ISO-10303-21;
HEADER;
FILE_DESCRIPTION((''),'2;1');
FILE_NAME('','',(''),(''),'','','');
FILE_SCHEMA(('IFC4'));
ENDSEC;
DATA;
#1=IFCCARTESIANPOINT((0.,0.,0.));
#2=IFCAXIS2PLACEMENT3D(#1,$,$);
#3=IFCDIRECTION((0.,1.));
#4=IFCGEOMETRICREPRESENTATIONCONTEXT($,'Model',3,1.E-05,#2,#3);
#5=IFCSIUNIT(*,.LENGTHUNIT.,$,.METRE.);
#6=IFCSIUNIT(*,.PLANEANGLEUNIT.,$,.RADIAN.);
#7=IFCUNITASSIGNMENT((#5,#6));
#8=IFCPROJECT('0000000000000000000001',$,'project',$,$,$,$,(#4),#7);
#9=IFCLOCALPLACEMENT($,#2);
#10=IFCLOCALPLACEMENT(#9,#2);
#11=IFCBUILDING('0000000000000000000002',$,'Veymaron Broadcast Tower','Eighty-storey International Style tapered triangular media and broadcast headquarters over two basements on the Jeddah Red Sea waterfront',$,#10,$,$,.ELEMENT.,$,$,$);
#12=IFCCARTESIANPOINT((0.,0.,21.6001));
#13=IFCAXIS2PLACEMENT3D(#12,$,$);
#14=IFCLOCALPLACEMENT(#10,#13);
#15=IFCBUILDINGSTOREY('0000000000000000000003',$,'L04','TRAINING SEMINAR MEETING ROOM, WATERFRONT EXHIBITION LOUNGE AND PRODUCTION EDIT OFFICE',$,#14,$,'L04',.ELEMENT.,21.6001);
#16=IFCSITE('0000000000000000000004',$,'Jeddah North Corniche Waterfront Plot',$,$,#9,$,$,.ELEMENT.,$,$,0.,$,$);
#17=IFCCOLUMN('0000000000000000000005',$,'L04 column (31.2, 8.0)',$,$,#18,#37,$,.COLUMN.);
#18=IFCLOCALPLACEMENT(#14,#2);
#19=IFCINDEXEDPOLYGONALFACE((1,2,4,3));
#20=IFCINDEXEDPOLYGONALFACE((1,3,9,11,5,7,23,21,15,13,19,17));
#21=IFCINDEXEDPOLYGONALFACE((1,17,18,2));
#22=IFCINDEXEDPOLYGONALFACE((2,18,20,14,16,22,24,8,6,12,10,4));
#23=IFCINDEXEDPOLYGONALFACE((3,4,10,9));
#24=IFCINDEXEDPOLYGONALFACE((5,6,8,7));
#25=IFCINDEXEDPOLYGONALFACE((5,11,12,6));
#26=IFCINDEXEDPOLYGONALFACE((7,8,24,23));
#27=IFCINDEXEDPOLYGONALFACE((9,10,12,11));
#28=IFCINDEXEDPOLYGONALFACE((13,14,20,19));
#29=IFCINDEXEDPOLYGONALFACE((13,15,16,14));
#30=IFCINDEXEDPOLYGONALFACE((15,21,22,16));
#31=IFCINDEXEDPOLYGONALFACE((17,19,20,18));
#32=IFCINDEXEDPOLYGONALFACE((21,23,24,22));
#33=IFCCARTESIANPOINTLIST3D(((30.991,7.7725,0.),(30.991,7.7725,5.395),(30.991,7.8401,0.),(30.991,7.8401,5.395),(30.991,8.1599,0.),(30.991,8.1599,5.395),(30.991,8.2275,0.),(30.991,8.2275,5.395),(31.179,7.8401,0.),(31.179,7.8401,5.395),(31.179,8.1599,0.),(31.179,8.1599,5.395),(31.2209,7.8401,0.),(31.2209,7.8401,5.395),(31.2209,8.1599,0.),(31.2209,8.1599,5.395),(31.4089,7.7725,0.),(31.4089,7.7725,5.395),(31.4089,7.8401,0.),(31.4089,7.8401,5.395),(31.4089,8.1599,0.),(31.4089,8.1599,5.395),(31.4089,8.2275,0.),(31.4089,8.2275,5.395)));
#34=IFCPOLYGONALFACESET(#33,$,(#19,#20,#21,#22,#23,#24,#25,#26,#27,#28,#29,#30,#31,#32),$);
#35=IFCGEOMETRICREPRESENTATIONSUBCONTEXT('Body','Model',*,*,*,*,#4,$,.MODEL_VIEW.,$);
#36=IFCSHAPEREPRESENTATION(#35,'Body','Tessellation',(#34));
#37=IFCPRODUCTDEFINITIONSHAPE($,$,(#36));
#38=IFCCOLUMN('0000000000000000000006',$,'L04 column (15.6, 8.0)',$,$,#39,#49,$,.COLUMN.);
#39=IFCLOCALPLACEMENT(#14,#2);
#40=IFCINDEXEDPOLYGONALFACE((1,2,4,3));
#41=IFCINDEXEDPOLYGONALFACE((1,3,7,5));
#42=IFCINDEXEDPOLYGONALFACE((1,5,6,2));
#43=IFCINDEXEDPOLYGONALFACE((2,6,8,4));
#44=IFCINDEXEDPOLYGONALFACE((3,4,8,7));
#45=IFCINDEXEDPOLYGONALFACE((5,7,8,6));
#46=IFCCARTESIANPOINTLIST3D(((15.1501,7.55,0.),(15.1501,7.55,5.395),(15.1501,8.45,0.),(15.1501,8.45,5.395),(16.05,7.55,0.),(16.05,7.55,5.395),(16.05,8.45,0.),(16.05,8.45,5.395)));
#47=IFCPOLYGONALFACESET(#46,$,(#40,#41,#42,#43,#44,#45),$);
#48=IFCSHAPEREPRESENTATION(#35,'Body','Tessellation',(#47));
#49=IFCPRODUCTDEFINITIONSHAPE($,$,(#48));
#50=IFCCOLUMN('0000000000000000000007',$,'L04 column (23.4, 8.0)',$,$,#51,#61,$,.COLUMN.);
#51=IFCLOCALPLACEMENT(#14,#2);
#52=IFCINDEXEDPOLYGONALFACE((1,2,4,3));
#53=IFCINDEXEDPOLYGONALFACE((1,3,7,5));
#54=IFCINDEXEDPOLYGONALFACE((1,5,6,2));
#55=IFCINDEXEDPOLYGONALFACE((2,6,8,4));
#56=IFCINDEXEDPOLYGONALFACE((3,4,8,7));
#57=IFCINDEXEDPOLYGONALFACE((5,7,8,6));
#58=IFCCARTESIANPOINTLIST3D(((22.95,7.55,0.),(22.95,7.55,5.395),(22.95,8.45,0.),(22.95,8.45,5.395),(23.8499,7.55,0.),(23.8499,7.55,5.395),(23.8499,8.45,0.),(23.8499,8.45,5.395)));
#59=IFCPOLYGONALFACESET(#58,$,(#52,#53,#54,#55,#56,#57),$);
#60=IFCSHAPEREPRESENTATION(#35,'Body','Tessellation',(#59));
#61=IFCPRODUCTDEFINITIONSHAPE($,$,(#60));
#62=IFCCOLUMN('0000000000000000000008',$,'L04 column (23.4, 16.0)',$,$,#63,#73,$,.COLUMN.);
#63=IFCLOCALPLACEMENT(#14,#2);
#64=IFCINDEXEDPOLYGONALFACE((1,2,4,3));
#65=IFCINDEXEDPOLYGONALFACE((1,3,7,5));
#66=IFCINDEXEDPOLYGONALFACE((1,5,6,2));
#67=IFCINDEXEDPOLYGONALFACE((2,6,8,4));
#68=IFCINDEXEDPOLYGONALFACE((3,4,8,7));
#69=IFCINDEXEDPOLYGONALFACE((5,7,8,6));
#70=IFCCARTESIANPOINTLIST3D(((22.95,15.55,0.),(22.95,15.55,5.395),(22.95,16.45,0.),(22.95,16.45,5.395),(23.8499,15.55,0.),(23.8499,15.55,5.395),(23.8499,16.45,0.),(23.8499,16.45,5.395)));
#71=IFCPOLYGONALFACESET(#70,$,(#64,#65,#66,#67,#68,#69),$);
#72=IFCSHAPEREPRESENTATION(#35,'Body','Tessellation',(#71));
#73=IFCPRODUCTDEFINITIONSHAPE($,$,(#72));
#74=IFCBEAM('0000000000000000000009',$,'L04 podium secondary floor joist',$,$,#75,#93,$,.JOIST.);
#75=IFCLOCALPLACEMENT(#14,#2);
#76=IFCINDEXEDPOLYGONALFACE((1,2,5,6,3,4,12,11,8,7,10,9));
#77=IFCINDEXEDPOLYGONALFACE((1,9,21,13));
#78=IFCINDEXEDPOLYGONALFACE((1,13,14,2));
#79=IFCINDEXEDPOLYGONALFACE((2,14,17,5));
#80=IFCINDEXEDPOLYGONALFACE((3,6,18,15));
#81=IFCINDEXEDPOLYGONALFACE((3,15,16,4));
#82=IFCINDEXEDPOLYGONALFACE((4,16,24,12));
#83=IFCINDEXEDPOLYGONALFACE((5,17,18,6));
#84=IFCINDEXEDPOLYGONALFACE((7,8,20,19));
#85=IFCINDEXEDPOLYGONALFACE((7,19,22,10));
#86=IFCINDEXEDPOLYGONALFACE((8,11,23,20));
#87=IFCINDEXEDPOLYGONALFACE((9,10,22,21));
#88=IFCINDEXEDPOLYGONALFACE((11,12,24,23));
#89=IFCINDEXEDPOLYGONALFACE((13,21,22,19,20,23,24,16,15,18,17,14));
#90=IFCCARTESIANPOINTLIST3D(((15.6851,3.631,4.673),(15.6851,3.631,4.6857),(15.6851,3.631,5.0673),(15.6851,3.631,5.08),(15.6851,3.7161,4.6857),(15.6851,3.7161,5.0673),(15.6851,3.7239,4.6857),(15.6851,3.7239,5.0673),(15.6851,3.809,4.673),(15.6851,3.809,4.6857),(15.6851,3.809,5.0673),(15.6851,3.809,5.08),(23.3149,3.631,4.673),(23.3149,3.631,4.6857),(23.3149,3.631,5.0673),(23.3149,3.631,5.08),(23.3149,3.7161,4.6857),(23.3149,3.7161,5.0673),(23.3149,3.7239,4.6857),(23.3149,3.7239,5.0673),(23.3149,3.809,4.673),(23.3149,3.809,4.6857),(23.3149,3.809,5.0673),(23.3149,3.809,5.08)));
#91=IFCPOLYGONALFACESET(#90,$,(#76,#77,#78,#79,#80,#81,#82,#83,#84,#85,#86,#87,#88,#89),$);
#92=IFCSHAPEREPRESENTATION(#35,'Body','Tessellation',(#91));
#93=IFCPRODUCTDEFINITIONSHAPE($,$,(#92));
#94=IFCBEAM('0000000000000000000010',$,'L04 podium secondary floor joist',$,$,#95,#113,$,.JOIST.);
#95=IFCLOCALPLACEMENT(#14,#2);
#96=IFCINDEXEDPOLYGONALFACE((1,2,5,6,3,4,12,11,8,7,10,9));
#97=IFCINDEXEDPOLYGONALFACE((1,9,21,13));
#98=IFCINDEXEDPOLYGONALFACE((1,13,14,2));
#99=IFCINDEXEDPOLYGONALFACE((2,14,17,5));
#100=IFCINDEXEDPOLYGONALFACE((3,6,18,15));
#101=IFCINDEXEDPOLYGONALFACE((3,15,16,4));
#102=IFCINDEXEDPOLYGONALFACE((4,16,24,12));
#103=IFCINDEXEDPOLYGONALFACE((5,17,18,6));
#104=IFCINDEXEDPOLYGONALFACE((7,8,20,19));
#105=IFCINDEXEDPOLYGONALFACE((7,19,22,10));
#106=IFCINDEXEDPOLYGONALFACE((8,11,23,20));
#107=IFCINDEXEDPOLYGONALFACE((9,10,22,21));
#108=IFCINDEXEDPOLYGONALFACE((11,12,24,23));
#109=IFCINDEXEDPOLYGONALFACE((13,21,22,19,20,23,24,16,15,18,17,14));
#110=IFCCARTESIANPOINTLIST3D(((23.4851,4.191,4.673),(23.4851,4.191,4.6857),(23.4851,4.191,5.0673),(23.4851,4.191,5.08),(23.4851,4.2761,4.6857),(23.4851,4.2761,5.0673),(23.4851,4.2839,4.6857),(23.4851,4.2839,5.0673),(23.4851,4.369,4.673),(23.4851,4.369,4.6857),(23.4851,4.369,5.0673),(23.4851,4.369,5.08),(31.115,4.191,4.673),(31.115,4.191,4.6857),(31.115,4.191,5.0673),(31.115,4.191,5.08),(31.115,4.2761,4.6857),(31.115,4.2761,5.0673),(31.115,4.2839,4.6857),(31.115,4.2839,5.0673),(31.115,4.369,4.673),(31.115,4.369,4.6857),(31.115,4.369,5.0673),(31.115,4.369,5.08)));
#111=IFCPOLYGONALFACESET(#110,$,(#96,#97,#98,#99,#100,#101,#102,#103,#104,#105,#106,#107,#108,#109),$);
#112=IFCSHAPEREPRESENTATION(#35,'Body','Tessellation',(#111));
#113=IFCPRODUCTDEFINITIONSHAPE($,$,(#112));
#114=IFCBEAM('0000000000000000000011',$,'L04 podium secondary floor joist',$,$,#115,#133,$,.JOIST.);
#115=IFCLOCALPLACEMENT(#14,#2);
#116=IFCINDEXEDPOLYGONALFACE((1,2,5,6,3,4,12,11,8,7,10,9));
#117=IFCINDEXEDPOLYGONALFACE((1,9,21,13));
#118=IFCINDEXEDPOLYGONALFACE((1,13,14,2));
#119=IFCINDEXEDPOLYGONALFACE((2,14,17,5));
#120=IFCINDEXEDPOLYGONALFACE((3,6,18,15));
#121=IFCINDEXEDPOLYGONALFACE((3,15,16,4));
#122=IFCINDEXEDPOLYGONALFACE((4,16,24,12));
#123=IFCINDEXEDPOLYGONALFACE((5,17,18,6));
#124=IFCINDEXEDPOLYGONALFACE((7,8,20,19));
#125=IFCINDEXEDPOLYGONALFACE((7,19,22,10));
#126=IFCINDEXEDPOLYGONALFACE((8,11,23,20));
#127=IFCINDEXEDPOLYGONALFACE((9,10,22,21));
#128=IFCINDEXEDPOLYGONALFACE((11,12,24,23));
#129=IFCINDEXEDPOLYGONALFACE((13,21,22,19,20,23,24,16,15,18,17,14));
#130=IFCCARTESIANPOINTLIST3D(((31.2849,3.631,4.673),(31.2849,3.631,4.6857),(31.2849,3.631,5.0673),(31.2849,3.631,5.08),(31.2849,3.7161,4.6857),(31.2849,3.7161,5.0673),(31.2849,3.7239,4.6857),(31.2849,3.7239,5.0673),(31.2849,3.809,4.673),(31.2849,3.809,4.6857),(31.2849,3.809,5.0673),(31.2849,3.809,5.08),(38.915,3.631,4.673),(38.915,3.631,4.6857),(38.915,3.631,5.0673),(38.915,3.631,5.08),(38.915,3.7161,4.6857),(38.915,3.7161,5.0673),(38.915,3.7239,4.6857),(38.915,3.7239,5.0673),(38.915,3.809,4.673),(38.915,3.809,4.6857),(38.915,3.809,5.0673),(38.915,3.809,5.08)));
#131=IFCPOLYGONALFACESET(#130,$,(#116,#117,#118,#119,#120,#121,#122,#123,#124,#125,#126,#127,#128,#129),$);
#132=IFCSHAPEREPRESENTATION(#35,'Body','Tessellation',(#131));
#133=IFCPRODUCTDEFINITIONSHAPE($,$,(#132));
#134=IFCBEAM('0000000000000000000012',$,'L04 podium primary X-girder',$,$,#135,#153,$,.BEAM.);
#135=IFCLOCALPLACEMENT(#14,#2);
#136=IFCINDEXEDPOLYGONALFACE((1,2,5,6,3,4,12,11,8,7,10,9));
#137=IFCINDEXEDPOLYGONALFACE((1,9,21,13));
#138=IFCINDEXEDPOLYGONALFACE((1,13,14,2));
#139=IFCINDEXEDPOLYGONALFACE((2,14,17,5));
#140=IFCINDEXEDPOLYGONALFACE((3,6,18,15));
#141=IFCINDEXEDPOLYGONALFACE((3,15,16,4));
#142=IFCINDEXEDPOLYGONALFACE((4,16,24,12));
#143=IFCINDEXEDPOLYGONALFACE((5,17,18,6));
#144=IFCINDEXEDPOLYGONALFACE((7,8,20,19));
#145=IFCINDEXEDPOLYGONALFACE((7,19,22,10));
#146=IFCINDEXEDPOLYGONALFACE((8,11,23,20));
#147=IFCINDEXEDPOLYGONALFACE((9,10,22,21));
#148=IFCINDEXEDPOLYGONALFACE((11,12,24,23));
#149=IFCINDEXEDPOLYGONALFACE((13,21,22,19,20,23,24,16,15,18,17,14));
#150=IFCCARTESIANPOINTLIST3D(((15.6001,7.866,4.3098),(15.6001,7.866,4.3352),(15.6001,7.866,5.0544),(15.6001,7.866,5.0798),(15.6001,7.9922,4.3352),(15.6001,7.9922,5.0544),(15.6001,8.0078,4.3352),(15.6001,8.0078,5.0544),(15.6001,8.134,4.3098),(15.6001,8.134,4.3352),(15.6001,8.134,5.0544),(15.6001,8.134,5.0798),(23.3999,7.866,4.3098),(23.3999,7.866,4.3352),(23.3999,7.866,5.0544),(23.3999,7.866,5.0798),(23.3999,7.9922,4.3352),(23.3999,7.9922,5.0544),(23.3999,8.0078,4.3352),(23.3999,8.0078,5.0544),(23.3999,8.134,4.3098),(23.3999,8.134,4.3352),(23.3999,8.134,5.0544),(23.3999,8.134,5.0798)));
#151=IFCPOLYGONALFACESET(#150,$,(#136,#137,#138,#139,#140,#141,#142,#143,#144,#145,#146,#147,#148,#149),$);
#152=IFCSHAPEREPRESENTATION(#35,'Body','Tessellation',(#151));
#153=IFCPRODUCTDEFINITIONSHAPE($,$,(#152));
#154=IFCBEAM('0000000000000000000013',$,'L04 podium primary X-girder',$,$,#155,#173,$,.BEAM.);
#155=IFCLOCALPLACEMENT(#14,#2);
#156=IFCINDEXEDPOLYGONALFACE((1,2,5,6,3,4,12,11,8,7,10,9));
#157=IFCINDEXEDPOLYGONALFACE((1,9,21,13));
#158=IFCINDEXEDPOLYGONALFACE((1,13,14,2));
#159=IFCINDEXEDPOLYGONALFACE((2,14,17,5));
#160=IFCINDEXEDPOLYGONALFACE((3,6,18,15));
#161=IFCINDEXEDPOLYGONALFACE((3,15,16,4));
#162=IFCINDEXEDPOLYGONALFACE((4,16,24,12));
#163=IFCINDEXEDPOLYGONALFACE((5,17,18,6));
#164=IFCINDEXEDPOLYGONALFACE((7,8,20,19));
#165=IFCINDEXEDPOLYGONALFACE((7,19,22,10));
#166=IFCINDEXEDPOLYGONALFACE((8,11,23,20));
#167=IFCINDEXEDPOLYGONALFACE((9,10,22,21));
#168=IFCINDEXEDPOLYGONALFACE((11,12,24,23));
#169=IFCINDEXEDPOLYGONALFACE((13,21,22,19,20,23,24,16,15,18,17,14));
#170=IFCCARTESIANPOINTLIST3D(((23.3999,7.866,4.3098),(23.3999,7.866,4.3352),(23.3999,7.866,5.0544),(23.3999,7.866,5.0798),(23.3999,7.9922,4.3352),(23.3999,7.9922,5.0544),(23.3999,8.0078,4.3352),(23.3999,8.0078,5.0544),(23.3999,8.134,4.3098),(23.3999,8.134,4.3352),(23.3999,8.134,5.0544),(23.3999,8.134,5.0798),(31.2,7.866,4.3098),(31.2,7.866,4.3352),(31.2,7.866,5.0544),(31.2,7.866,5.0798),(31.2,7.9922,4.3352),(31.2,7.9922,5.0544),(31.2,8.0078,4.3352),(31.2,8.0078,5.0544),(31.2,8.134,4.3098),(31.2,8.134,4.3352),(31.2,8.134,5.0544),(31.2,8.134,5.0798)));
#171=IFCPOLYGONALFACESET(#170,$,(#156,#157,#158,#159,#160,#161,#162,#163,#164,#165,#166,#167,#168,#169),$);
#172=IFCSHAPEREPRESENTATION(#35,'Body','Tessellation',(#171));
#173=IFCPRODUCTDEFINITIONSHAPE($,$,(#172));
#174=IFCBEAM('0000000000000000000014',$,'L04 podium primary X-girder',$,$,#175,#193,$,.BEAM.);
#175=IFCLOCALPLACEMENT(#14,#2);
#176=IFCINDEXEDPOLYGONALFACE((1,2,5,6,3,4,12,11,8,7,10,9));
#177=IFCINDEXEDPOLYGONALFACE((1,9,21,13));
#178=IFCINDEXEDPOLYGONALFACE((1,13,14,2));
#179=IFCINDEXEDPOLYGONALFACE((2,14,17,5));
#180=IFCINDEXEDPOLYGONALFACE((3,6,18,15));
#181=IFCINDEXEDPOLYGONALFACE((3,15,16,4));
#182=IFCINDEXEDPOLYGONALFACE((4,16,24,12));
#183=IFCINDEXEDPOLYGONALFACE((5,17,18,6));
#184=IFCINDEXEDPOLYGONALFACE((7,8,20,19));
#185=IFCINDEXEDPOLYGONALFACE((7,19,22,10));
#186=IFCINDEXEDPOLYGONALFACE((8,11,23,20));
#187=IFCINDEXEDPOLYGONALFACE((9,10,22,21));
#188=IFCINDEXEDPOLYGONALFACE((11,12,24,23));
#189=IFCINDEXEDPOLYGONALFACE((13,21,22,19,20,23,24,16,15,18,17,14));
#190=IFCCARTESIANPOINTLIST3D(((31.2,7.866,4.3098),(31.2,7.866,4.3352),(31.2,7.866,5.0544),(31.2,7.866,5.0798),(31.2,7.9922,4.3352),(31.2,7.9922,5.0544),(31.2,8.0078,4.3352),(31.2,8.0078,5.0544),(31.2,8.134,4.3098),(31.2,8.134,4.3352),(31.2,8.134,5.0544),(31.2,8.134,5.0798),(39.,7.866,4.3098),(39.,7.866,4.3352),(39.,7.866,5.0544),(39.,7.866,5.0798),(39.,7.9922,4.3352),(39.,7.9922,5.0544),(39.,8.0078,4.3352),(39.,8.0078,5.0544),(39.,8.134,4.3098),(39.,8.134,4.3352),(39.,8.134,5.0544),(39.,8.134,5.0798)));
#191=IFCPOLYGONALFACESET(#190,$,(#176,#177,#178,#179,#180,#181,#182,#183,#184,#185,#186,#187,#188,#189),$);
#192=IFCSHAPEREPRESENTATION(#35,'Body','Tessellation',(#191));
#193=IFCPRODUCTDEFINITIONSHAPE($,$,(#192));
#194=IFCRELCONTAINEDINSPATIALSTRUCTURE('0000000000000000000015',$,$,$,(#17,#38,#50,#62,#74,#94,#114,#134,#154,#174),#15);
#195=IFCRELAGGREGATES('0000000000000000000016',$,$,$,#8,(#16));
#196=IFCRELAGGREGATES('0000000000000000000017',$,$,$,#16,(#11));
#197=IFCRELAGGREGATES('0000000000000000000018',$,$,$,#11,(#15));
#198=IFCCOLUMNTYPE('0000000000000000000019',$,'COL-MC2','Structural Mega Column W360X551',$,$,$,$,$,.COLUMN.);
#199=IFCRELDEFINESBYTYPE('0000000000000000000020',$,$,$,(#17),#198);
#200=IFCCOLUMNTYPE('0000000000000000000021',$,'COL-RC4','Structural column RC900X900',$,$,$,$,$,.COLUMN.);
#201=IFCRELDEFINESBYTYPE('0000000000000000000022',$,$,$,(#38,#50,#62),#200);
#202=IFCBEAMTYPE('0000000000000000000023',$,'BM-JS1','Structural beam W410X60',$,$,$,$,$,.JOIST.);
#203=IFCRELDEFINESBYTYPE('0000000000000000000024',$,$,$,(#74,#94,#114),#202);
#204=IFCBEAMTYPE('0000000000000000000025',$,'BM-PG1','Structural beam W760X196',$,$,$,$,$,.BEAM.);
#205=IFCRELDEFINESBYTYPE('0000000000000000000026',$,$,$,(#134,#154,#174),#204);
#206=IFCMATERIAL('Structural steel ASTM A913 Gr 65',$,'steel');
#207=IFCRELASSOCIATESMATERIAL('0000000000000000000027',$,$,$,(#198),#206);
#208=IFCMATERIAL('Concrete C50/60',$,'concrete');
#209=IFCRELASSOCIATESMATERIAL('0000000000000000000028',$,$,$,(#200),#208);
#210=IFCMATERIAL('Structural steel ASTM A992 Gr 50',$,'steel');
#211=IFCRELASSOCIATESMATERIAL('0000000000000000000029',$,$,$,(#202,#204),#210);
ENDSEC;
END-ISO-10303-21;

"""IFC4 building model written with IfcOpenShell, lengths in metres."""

from ifc_helpers import new_model, si_unit, direction, frame, origin, origin_2d, place, context, subcontext, project, spatial, rectangle, i_section, extrude, material, material_profile, profile_set, type_object, element, save


model = new_model("IFC4")

# Units and contexts
model_context = context("Model", 3, precision=1e-05, world=origin(), true_north=direction((0.0, 1.0)))
body_context = subcontext(model_context, "Body", "Model", "MODEL_VIEW")
ifc_project = project(units=[si_unit("LENGTHUNIT", "METRE"), si_unit("PLANEANGLEUNIT", "RADIAN")], contexts=[model_context])

# Site, building, storey
site_placement = place(None, origin())
site = spatial("IfcSite", under=ifc_project, at=site_placement, Name="Jeddah North Corniche Waterfront Plot", CompositionType="ELEMENT", RefElevation=0.0)
building_placement = place(site_placement, origin())
building = spatial("IfcBuilding", under=site, at=building_placement, Name="Veymaron Broadcast Tower", Description="Eighty-storey International Style tapered triangular media and broadcast headquarters over two basements on the Jeddah Red Sea waterfront", CompositionType="ELEMENT")
storey_placement = place(building_placement, frame((0.0, 0.0, 21.6001)))
storey = spatial("IfcBuildingStorey", under=building, at=storey_placement, Name="L04", Description="TRAINING SEMINAR MEETING ROOM, WATERFRONT EXHIBITION LOUNGE AND PRODUCTION EDIT OFFICE", LongName="L04", CompositionType="ELEMENT", Elevation=21.6001)

# Columns
ifc_material_1 = material(Name="Structural steel ASTM A913 Gr 65", Category="steel")
ifc_material_profile_1 = material_profile(ifc_material_1, i_section(OverallWidth=0.418, OverallDepth=0.4551, WebThickness=0.042, FlangeThickness=0.0676, at=origin_2d()), Name="W360X551")
ifc_profile_set_1 = profile_set([ifc_material_profile_1], Name="Structural steel ASTM A913 Gr 65")
column_type_1 = type_object("IfcColumnType", Name="COL-MC2", Description="Structural Mega Column W360X551", PredefinedType="COLUMN", material=ifc_profile_set_1)
column_placement = place(storey_placement, frame((31.2, 8.0, 0.0), z_axis=(0.0, 0.0, 1.0), x_axis=(1.0, 0.0, 0.0)))
element("IfcColumn", 1, at=column_placement, inside=storey, type_object=column_type_1, Name="L04 column (31.2, 8.0)", PredefinedType="COLUMN", context=body_context, shape_type="SweptSolid", body=[
    extrude(i_section(OverallWidth=0.418, OverallDepth=0.4551, WebThickness=0.042, FlangeThickness=0.0676, at=origin_2d()), origin(), (0.0, 0.0, 1.0), 5.395),
])
ifc_material_2 = material(Name="Concrete C50/60", Category="concrete")
ifc_material_profile_2 = material_profile(ifc_material_2, rectangle(XDim=0.8999, YDim=0.8999, at=origin_2d()), Name="RC900X900")
ifc_profile_set_2 = profile_set([ifc_material_profile_2], Name="Concrete C50/60")
column_type_2 = type_object("IfcColumnType", Name="COL-RC4", Description="Structural column RC900X900", PredefinedType="COLUMN", material=ifc_profile_set_2)
for number, where, z_axis, x_axis, name in (
    (2, (15.6001, 8.0, 0.0), (0.0, 0.0, 1.0), (1.0, 0.0, 0.0), "L04 column (15.6, 8.0)"),
    (3, (23.3999, 8.0, 0.0), (0.0, 0.0, 1.0), (1.0, 0.0, 0.0), "L04 column (23.4, 8.0)"),
    (4, (23.3999, 16.0, 0.0), (0.0, 0.0, 1.0), (1.0, 0.0, 0.0), "L04 column (23.4, 16.0)"),
):
    element("IfcColumn", number, at=place(storey_placement, frame(where, z_axis=z_axis, x_axis=x_axis)), inside=storey, type_object=column_type_2, Name=name, PredefinedType="COLUMN", context=body_context, shape_type="SweptSolid", body=[
        extrude(rectangle(XDim=0.8999, YDim=0.8999, at=origin_2d()), origin(), (0.0, 0.0, 1.0), 5.395),
    ])

# Beams
ifc_material_3 = material(Name="Structural steel ASTM A992 Gr 50", Category="steel")
ifc_material_profile_3 = material_profile(ifc_material_3, i_section(OverallWidth=0.178, OverallDepth=0.407, WebThickness=0.0078, FlangeThickness=0.0127, at=origin_2d()), Name="W410X60")
ifc_profile_set_3 = profile_set([ifc_material_profile_3], Name="Structural steel ASTM A992 Gr 50")
beam_type_1 = type_object("IfcBeamType", Name="BM-JS1", Description="Structural beam W410X60", PredefinedType="JOIST", material=ifc_profile_set_3)
for number, where, z_axis, x_axis, name in (
    (5, (15.6851, 3.72, 4.8765), (1.0, 0.0, 0.0), (0.0, 1.0, 0.0), "L04 podium secondary floor joist"),
    (6, (23.4851, 4.28, 4.8765), (1.0, 0.0, 0.0), (0.0, 1.0, 0.0), "L04 podium secondary floor joist"),
):
    element("IfcBeam", number, at=place(storey_placement, frame(where, z_axis=z_axis, x_axis=x_axis)), inside=storey, type_object=beam_type_1, Name=name, PredefinedType="JOIST", context=body_context, shape_type="SweptSolid", body=[
        extrude(i_section(OverallWidth=0.178, OverallDepth=0.407, WebThickness=0.0078, FlangeThickness=0.0127, at=origin_2d()), origin(), (0.0, 0.0, 1.0), 7.6299),
    ])
beam_1_placement = place(storey_placement, frame((31.2849, 3.72, 4.8765), z_axis=(1.0, 0.0, 0.0), x_axis=(0.0, 1.0, 0.0)))
element("IfcBeam", 7, at=beam_1_placement, inside=storey, type_object=beam_type_1, Name="L04 podium secondary floor joist", PredefinedType="JOIST", context=body_context, shape_type="SweptSolid", body=[
    extrude(i_section(OverallWidth=0.178, OverallDepth=0.407, WebThickness=0.0078, FlangeThickness=0.0127, at=origin_2d()), origin(), (0.0, 0.0, 1.0), 7.6301),
])
ifc_material_profile_4 = material_profile(ifc_material_3, i_section(OverallWidth=0.2681, OverallDepth=0.77, WebThickness=0.0156, FlangeThickness=0.0254, at=origin_2d()), Name="W760X196")
ifc_profile_set_4 = profile_set([ifc_material_profile_4], Name="Structural steel ASTM A992 Gr 50")
beam_type_2 = type_object("IfcBeamType", Name="BM-PG1", Description="Structural beam W760X196", PredefinedType="BEAM", material=ifc_profile_set_4)
beam_2_placement = place(storey_placement, frame((15.6001, 8.0, 4.6948), z_axis=(1.0, 0.0, 0.0), x_axis=(0.0, 1.0, 0.0)))
element("IfcBeam", 8, at=beam_2_placement, inside=storey, type_object=beam_type_2, Name="L04 podium primary X-girder", PredefinedType="BEAM", context=body_context, shape_type="SweptSolid", body=[
    extrude(i_section(OverallWidth=0.2681, OverallDepth=0.77, WebThickness=0.0156, FlangeThickness=0.0254, at=origin_2d()), origin(), (0.0, 0.0, 1.0), 7.7998),
])
for number, where, z_axis, x_axis, name in (
    (9, (23.3999, 8.0, 4.6948), (1.0, 0.0, 0.0), (0.0, 1.0, 0.0), "L04 podium primary X-girder"),
    (10, (31.2, 8.0, 4.6948), (1.0, 0.0, 0.0), (0.0, 1.0, 0.0), "L04 podium primary X-girder"),
):
    element("IfcBeam", number, at=place(storey_placement, frame(where, z_axis=z_axis, x_axis=x_axis)), inside=storey, type_object=beam_type_2, Name=name, PredefinedType="BEAM", context=body_context, shape_type="SweptSolid", body=[
        extrude(i_section(OverallWidth=0.2681, OverallDepth=0.77, WebThickness=0.0156, FlangeThickness=0.0254, at=origin_2d()), origin(), (0.0, 0.0, 1.0), 7.8),
    ])

save(model, "model.ifc")
